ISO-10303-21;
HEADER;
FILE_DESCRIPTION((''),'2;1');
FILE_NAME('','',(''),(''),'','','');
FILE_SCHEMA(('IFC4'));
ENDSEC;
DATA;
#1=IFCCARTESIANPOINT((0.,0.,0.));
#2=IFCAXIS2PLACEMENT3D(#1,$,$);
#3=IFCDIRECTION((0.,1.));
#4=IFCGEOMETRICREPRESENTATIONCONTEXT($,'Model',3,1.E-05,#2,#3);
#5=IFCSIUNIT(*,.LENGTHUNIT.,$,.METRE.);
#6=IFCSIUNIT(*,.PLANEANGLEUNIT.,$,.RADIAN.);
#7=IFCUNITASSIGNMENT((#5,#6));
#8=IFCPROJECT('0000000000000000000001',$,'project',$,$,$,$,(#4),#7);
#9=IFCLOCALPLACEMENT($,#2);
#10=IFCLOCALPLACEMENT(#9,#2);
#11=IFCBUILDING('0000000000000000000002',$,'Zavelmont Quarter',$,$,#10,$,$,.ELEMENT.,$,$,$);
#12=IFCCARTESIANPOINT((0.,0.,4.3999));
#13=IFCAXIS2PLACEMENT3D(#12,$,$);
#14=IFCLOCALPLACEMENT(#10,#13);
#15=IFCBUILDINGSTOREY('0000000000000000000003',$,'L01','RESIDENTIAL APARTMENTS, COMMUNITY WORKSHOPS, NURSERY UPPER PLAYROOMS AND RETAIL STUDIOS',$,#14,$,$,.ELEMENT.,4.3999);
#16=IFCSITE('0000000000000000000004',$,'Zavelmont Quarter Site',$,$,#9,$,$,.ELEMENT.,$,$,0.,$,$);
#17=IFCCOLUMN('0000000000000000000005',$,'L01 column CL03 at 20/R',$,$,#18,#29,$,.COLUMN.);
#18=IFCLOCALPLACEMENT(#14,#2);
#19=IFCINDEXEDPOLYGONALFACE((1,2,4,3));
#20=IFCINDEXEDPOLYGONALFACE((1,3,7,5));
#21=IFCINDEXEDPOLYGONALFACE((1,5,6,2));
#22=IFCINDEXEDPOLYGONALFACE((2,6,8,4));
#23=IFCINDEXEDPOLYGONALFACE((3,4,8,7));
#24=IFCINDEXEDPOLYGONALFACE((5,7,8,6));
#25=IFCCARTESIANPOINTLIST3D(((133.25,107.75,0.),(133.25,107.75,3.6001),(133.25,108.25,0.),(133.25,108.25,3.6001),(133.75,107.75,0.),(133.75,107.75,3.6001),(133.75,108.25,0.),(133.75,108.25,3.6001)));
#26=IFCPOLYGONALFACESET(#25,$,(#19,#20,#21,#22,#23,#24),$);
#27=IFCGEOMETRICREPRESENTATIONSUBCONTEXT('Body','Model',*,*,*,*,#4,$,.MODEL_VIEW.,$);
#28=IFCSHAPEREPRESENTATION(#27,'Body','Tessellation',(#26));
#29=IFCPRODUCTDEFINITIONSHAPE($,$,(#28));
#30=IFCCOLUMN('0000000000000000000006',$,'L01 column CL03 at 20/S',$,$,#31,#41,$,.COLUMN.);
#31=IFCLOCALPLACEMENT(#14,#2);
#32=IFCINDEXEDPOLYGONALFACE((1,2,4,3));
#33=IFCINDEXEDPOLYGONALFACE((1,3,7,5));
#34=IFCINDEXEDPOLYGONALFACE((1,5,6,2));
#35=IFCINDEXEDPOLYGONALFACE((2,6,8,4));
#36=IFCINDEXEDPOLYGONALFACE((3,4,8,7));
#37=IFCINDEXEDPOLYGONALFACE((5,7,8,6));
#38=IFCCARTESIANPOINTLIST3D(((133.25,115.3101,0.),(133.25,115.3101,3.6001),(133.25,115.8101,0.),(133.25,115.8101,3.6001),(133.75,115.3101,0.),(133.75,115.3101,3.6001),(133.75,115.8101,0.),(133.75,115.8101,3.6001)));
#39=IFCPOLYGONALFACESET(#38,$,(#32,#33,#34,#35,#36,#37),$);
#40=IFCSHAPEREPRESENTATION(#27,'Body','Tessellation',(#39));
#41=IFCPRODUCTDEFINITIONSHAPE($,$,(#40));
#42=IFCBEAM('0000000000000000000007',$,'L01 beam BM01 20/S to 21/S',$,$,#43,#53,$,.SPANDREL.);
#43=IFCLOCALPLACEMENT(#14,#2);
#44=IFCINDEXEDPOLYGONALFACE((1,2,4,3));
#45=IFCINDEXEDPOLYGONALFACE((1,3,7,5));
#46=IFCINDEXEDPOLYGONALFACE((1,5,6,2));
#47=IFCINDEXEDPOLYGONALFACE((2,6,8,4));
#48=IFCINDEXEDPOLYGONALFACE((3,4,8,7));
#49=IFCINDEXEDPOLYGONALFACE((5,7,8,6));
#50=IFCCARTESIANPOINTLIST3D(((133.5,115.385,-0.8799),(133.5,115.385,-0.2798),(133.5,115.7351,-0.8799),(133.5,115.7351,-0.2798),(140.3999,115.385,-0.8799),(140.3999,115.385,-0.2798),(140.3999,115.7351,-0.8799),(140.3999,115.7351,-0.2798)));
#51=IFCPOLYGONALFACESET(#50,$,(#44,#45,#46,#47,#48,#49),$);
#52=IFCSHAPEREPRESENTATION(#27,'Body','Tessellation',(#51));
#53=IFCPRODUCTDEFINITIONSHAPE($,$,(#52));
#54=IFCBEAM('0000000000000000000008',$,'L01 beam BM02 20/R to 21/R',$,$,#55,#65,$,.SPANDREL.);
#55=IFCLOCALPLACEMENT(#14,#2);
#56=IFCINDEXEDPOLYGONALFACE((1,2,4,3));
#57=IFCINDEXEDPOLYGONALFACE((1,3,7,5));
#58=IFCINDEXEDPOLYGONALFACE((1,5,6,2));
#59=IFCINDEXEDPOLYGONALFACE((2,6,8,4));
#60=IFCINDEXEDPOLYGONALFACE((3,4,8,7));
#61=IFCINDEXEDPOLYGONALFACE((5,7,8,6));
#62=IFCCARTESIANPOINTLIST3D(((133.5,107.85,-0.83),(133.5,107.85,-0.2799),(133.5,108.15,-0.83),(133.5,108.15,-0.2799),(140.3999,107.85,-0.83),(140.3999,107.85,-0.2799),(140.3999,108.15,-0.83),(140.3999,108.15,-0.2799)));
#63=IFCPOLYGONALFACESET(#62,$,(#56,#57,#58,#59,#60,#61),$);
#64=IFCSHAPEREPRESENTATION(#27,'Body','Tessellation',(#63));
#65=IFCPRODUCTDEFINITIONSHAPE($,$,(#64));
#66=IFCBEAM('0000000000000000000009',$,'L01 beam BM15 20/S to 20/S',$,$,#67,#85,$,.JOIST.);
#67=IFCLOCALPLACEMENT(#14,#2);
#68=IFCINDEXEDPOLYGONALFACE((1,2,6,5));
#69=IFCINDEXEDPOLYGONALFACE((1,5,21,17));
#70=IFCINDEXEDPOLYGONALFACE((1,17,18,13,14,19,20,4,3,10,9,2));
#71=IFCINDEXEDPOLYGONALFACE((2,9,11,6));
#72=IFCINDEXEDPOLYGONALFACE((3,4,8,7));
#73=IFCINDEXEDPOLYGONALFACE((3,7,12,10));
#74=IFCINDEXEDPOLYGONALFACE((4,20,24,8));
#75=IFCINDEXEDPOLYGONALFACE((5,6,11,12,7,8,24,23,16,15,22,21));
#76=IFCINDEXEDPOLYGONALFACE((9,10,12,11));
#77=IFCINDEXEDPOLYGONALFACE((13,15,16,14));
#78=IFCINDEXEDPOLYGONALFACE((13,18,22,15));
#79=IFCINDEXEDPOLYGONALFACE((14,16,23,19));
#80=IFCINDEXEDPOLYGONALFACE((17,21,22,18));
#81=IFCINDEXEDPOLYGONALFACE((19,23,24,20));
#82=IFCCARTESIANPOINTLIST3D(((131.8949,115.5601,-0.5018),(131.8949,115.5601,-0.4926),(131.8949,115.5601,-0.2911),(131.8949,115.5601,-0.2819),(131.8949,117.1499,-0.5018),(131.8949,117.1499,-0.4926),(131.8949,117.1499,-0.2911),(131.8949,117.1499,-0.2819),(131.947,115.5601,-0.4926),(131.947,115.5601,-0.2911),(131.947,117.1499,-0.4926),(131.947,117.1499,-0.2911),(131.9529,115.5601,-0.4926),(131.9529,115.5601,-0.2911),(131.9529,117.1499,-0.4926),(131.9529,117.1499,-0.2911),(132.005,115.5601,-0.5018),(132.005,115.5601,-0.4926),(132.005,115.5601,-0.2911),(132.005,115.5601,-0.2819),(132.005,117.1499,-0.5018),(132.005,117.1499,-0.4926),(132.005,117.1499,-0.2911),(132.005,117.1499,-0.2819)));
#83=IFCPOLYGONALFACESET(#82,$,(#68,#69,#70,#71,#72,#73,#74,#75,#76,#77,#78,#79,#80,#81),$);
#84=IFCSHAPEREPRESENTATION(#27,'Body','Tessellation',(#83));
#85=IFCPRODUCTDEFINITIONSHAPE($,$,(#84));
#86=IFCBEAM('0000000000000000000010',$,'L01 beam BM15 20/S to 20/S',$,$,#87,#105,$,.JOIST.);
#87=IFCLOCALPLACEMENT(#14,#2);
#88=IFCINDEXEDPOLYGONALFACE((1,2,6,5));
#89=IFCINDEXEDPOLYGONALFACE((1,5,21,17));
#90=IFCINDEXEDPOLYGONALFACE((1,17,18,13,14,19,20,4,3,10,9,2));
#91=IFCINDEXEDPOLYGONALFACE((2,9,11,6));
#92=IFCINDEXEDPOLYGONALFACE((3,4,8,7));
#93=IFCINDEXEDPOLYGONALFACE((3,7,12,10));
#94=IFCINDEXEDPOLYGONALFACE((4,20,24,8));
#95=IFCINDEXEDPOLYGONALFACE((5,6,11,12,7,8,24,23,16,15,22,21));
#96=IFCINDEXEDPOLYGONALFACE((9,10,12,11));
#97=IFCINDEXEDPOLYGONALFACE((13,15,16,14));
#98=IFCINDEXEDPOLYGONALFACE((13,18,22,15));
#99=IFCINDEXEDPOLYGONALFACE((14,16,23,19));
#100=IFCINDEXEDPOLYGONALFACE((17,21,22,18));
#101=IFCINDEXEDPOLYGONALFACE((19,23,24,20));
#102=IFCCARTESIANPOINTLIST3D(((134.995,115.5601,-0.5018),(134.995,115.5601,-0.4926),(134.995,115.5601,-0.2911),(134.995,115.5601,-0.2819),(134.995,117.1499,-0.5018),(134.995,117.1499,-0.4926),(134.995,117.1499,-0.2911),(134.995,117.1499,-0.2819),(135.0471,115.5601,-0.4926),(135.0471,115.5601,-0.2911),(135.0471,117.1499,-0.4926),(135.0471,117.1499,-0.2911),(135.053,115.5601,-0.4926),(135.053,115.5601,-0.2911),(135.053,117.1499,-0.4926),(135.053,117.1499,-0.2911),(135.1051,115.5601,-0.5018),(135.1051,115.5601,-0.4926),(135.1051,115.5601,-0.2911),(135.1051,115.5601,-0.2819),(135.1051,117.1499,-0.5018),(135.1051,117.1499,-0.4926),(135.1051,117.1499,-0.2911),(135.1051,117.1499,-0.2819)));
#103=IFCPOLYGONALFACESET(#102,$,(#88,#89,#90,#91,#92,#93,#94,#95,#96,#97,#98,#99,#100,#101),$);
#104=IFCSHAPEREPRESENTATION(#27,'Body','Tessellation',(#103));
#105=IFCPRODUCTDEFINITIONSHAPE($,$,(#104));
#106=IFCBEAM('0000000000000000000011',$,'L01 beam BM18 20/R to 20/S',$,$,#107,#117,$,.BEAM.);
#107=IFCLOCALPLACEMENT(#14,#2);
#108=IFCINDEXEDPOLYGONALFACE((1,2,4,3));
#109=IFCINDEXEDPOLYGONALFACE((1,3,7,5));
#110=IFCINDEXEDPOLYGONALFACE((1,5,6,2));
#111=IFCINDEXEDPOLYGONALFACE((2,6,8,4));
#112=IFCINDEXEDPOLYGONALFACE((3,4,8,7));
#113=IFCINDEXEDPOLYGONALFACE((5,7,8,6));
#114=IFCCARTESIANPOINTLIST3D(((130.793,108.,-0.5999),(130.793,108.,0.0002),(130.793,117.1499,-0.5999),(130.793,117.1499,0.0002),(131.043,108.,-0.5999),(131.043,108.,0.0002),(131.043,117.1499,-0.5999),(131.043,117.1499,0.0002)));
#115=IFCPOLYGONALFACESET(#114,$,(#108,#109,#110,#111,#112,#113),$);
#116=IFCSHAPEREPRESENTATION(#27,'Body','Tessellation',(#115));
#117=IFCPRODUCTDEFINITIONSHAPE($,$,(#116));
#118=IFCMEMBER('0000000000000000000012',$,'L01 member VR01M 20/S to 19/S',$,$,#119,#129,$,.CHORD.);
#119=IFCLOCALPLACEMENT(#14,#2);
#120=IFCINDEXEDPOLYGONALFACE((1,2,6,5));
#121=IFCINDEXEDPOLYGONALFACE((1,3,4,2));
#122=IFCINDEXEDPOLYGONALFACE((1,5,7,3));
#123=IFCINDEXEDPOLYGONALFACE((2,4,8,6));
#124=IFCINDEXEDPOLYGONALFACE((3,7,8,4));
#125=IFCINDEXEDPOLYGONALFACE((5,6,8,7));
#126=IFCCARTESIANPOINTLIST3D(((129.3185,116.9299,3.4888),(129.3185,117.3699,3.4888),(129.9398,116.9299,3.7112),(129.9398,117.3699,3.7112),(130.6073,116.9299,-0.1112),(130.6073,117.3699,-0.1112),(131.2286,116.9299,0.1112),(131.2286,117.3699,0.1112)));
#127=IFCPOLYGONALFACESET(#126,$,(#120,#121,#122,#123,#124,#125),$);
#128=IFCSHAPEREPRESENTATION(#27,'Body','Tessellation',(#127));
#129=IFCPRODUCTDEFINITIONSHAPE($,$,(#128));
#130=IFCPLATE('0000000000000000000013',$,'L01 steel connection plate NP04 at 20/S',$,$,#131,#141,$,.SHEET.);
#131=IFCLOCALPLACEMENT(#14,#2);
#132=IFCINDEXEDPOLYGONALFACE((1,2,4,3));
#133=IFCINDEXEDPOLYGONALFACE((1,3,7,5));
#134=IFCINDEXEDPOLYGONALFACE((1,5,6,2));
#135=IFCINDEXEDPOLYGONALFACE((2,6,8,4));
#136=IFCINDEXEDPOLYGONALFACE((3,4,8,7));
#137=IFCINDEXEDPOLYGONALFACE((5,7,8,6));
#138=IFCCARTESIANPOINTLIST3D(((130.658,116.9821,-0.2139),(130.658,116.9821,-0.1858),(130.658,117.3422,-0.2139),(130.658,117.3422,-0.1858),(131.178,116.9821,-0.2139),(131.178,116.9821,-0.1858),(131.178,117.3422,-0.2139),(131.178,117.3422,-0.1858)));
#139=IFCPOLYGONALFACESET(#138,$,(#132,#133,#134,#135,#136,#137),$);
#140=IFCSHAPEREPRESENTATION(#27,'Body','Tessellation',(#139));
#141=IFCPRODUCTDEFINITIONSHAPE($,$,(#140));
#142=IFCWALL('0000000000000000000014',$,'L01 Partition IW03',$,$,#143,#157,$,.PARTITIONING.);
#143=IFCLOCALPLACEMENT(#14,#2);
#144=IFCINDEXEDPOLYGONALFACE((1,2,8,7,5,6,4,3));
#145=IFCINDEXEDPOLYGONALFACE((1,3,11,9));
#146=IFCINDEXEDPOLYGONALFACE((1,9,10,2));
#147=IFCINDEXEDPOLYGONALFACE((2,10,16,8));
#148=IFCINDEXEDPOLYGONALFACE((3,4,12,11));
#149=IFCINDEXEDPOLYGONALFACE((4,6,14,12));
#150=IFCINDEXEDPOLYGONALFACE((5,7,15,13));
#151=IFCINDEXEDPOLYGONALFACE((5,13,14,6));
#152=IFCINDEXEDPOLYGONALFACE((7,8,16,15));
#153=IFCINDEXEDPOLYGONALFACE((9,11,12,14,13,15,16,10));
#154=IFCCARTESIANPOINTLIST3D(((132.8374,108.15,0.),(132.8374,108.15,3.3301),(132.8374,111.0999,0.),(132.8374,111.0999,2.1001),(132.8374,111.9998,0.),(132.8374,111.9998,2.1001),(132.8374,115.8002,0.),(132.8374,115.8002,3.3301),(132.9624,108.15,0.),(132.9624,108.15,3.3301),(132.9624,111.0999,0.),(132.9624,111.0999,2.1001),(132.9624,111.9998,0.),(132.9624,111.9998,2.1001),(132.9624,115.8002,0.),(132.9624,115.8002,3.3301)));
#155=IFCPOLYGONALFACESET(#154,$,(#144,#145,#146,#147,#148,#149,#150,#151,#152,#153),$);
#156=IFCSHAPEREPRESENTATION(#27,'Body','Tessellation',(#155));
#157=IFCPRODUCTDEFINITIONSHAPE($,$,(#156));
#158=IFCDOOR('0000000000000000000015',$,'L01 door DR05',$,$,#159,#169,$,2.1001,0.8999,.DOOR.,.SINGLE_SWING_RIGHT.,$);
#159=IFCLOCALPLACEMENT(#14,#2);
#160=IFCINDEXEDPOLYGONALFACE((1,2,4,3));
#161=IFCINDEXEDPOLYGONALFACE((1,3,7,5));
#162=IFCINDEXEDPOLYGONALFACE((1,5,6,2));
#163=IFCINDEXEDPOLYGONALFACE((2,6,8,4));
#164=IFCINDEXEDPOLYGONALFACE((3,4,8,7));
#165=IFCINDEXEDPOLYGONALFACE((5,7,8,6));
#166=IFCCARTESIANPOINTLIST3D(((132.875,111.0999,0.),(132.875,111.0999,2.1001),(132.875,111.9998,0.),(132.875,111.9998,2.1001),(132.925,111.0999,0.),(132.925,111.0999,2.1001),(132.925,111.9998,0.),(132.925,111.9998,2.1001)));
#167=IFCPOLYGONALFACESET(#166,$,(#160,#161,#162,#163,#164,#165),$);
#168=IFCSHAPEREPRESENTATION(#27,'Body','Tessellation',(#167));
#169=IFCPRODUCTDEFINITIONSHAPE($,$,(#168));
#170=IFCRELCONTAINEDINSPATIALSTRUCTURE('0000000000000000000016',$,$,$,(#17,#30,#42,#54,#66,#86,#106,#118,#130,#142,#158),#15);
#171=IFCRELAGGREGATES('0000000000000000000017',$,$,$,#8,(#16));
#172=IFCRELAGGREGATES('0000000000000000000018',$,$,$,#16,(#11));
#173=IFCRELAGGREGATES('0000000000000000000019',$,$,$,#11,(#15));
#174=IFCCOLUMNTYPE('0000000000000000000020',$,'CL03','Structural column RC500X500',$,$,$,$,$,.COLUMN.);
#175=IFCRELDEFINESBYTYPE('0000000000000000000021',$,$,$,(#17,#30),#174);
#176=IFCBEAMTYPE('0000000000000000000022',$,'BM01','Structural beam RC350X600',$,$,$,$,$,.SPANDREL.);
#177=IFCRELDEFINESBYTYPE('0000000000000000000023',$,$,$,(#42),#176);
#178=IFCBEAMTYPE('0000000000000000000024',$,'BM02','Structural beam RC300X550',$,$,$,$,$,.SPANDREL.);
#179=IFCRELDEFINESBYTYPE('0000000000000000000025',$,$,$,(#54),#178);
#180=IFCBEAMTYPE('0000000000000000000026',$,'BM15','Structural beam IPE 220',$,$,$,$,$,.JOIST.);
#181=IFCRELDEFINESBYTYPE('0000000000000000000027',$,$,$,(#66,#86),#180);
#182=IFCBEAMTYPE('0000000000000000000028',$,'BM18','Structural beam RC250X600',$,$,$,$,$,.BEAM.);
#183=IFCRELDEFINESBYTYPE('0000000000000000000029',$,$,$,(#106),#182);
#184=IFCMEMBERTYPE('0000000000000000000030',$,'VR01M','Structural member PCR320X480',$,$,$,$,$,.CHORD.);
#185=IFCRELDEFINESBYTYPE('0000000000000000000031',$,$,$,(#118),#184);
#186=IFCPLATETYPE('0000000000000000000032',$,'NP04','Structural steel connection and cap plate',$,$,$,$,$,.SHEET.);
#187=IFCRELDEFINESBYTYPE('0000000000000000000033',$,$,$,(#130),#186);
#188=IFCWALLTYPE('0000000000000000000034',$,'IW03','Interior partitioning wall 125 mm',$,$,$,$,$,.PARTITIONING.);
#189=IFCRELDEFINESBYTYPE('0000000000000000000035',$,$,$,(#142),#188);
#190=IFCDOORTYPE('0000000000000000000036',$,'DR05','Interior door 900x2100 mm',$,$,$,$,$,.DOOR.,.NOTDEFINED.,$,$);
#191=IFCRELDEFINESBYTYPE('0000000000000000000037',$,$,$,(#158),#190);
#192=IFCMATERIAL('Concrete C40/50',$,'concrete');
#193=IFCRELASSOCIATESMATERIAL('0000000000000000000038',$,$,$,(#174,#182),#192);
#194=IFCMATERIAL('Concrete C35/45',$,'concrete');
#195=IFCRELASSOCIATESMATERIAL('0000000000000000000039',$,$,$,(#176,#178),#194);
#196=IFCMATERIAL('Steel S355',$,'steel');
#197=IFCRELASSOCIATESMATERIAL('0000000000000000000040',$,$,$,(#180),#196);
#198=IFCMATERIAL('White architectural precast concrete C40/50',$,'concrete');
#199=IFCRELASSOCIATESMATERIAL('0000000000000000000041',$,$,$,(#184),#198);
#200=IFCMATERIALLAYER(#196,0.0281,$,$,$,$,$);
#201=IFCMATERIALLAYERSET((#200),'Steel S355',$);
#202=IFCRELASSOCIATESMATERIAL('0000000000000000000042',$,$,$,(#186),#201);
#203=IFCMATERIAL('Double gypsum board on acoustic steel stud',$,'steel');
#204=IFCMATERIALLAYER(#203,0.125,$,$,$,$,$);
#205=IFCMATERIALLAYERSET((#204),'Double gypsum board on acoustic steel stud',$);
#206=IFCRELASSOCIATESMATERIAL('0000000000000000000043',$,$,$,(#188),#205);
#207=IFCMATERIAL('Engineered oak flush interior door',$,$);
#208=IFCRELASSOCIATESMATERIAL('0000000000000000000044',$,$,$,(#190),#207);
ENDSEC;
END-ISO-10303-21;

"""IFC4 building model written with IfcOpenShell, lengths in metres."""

from ifc_helpers import new_model, si_unit, direction, frame, frame_2d, origin, origin_with_axes, origin_2d, place, context, subcontext, project, spatial, rectangle, i_section, extrude, material, layer, layer_set, material_profile, profile_set, type_object, element, fill, save


model = new_model("IFC4")

# Units and contexts
model_context = context("Model", 3, precision=1e-05, world=origin(), true_north=direction((0.0, 1.0)))
body_context = subcontext(model_context, "Body", "Model", "MODEL_VIEW")
ifc_project = project(units=[si_unit("LENGTHUNIT", "METRE"), si_unit("PLANEANGLEUNIT", "RADIAN")], contexts=[model_context])

# Site, building, storey
site_placement = place(None, origin())
site = spatial("IfcSite", under=ifc_project, at=site_placement, Name="Zavelmont Quarter Site", CompositionType="ELEMENT", RefElevation=0.0)
building_placement = place(site_placement, origin())
building = spatial("IfcBuilding", under=site, at=building_placement, Name="Zavelmont Quarter", CompositionType="ELEMENT")
storey_placement = place(building_placement, frame((0.0, 0.0, 4.3999)))
storey = spatial("IfcBuildingStorey", under=building, at=storey_placement, Name="L01", Description="RESIDENTIAL APARTMENTS, COMMUNITY WORKSHOPS, NURSERY UPPER PLAYROOMS AND RETAIL STUDIOS", CompositionType="ELEMENT", Elevation=4.3999)

# Columns
ifc_material_1 = material(Name="Concrete C40/50", Category="concrete")
ifc_material_profile_1 = material_profile(ifc_material_1, rectangle(XDim=0.5, YDim=0.5, at=origin_2d()), Name="RC500X500")
ifc_profile_set_1 = profile_set([ifc_material_profile_1], Name="Concrete C40/50")
column_type = type_object("IfcColumnType", Name="CL03", Description="Structural column RC500X500", PredefinedType="COLUMN", material=ifc_profile_set_1)
for number, where, z_axis, x_axis, name in (
    (1, (133.5, 108.0, 0.0), (0.0, 0.0, 1.0), (1.0, 0.0, 0.0), "L01 column CL03 at 20/R"),
    (2, (133.5, 115.5601, 0.0), (0.0, 0.0, 1.0), (1.0, 0.0, 0.0), "L01 column CL03 at 20/S"),
):
    element("IfcColumn", number, at=place(storey_placement, frame(where, z_axis=z_axis, x_axis=x_axis)), inside=storey, type_object=column_type, Name=name, PredefinedType="COLUMN", context=body_context, shape_type="SweptSolid", body=[
        extrude(rectangle(XDim=0.5, YDim=0.5, at=origin_2d()), origin(), (0.0, 0.0, 1.0), 3.6001),
    ])

# Beams
ifc_material_2 = material(Name="Concrete C35/45", Category="concrete")
ifc_material_profile_2 = material_profile(ifc_material_2, rectangle(XDim=0.3501, YDim=0.6001, at=origin_2d()), Name="RC350X600")
ifc_profile_set_2 = profile_set([ifc_material_profile_2], Name="Concrete C35/45")
beam_type_1 = type_object("IfcBeamType", Name="BM01", Description="Structural beam RC350X600", PredefinedType="SPANDREL", material=ifc_profile_set_2)
beam_1_placement = place(storey_placement, frame((133.5, 115.5601, -0.5798), z_axis=(1.0, 0.0, 0.0), x_axis=(0.0, 1.0, 0.0)))
element("IfcBeam", 3, at=beam_1_placement, inside=storey, type_object=beam_type_1, Name="L01 beam BM01 20/S to 21/S", PredefinedType="SPANDREL", context=body_context, shape_type="SweptSolid", body=[
    extrude(rectangle(XDim=0.3501, YDim=0.6001, at=origin_2d()), origin(), (0.0, 0.0, 1.0), 6.8999),
])
ifc_material_profile_3 = material_profile(ifc_material_2, rectangle(XDim=0.3, YDim=0.55, at=origin_2d()), Name="RC300X550")
ifc_profile_set_3 = profile_set([ifc_material_profile_3], Name="Concrete C35/45")
beam_type_2 = type_object("IfcBeamType", Name="BM02", Description="Structural beam RC300X550", PredefinedType="SPANDREL", material=ifc_profile_set_3)
beam_2_placement = place(storey_placement, frame((133.5, 108.0, -0.5549), z_axis=(1.0, 0.0, 0.0), x_axis=(0.0, 1.0, 0.0)))
element("IfcBeam", 4, at=beam_2_placement, inside=storey, type_object=beam_type_2, Name="L01 beam BM02 20/R to 21/R", PredefinedType="SPANDREL", context=body_context, shape_type="SweptSolid", body=[
    extrude(rectangle(XDim=0.3, YDim=0.55, at=origin_2d()), origin(), (0.0, 0.0, 1.0), 6.8999),
])
ifc_material_3 = material(Name="Steel S355", Category="steel")
ifc_material_profile_4 = material_profile(ifc_material_3, i_section(OverallWidth=0.1101, OverallDepth=0.22, WebThickness=0.0059, FlangeThickness=0.0093, at=origin_2d()), Name="IPE 220")
ifc_profile_set_4 = profile_set([ifc_material_profile_4], Name="Steel S355")
beam_type_3 = type_object("IfcBeamType", Name="BM15", Description="Structural beam IPE 220", PredefinedType="JOIST", material=ifc_profile_set_4)
for number, where, z_axis, x_axis, name in (
    (5, (131.95, 115.5601, -0.3918), (0.0, 1.0, 0.0), (-1.0, 0.0, 0.0), "L01 beam BM15 20/S to 20/S"),
    (6, (135.05, 115.5601, -0.3918), (0.0, 1.0, 0.0), (-1.0, 0.0, 0.0), "L01 beam BM15 20/S to 20/S"),
):
    element("IfcBeam", number, at=place(storey_placement, frame(where, z_axis=z_axis, x_axis=x_axis)), inside=storey, type_object=beam_type_3, Name=name, PredefinedType="JOIST", context=body_context, shape_type="SweptSolid", body=[
        extrude(i_section(OverallWidth=0.1101, OverallDepth=0.22, WebThickness=0.0059, FlangeThickness=0.0093, at=origin_2d()), origin(), (0.0, 0.0, 1.0), 1.5898),
    ])
ifc_material_profile_5 = material_profile(ifc_material_1, rectangle(XDim=0.25, YDim=0.6001, at=origin_2d()), Name="RC250X600")
ifc_profile_set_5 = profile_set([ifc_material_profile_5], Name="Concrete C40/50")
beam_type_4 = type_object("IfcBeamType", Name="BM18", Description="Structural beam RC250X600", PredefinedType="BEAM", material=ifc_profile_set_5)
beam_3_placement = place(storey_placement, frame((130.918, 108.0, -0.2998), z_axis=(0.0, 1.0, 0.0), x_axis=(-1.0, 0.0, 0.0)))
element("IfcBeam", 7, at=beam_3_placement, inside=storey, type_object=beam_type_4, Name="L01 beam BM18 20/R to 20/S", PredefinedType="BEAM", context=body_context, shape_type="SweptSolid", body=[
    extrude(rectangle(XDim=0.25, YDim=0.6001, at=origin_2d()), origin(), (0.0, 0.0, 1.0), 9.1499),
])

# Member
ifc_material_4 = material(Name="White architectural precast concrete C40/50", Category="concrete")
ifc_material_profile_6 = material_profile(ifc_material_4, rectangle(XDim=0.4399, YDim=0.6599, at=origin_2d()), Name="PCR320X480")
ifc_profile_set_6 = profile_set([ifc_material_profile_6], Name="White architectural precast concrete C40/50")
member_type = type_object("IfcMemberType", Name="VR01M", Description="Structural member PCR320X480", PredefinedType="CHORD", material=ifc_profile_set_6)
member_placement = place(storey_placement, frame((130.918, 117.1499, 0.0), z_axis=(-0.337048, 0.0, 0.941487), x_axis=(0.0, -1.0, 0.0)))
element("IfcMember", 8, at=member_placement, inside=storey, type_object=member_type, Name="L01 member VR01M 20/S to 19/S", PredefinedType="CHORD", context=body_context, shape_type="SweptSolid", body=[
    extrude(rectangle(XDim=0.4399, YDim=0.6599, at=origin_2d()), origin(), (0.0, 0.0, 1.0), 3.8237),
])

# Plate
ifc_layer_1 = layer(ifc_material_3, 0.0281)
ifc_layer_set_1 = layer_set([ifc_layer_1], Name="Steel S355")
plate_type = type_object("IfcPlateType", Name="NP04", Description="Structural steel connection and cap plate", PredefinedType="SHEET", material=ifc_layer_set_1)
plate_placement = place(storey_placement, frame((130.918, 117.1621, -0.2139), z_axis=(0.0, 0.0, 1.0), x_axis=(1.0, 0.0, 0.0)))
element("IfcPlate", 9, at=plate_placement, inside=storey, type_object=plate_type, Name="L01 steel connection plate NP04 at 20/S", PredefinedType="SHEET", context=body_context, shape_type="SweptSolid", body=[
    extrude(rectangle(XDim=0.52, YDim=0.3601, at=origin_2d()), origin(), (0.0, 0.0, 1.0), 0.0281),
])

# Wall, opening, door
ifc_material_5 = material(Name="Double gypsum board on acoustic steel stud", Category="steel")
ifc_layer_2 = layer(ifc_material_5, 0.125)
ifc_layer_set_2 = layer_set([ifc_layer_2], Name="Double gypsum board on acoustic steel stud")
wall_type_1 = type_object("IfcWallType", Name="IW03", Description="Interior partitioning wall 125 mm", PredefinedType="PARTITIONING", material=ifc_layer_set_2)
wall_1_placement = place(storey_placement, frame((132.8999, 108.1499, 0.0), z_axis=(0.0, 0.0, 1.0), x_axis=(0.0, 1.0, 0.0)))
wall_1 = element("IfcWall", 10, at=wall_1_placement, inside=storey, type_object=wall_type_1, Name="L01 Partition IW03", PredefinedType="PARTITIONING", context=body_context, shape_type="SweptSolid", body=[
    extrude(rectangle(XDim=7.6501, YDim=0.125, at=frame_2d((3.8252, 0.0))), origin(), (0.0, 0.0, 1.0), 3.3301),
])
opening_1_placement = place(wall_1_placement, frame((2.95, 0.0, 0.0)))
opening_1 = element("IfcOpeningElement", 11, at=opening_1_placement, cuts=wall_1, PredefinedType="OPENING", context=body_context, shape_type="SweptSolid", body=[
    extrude(rectangle(XDim=0.8999, YDim=2.1001, at=frame_2d((0.45, 1.05))), frame((0.0, 0.0745, 0.0), z_axis=(0.0, -1.0, 0.0), x_axis=(1.0, 0.0, 0.0)), (0.0, 0.0, 1.0), 0.1489),
])
ifc_material_6 = material(Name="Engineered oak flush interior door")
door_type_1 = type_object("IfcDoorType", Name="DR05", Description="Interior door 900x2100 mm", OperationType="NOTDEFINED", PredefinedType="DOOR", material=ifc_material_6)
door_1_placement = place(opening_1_placement, origin_with_axes())
door_1 = element("IfcDoor", 12, at=door_1_placement, inside=storey, type_object=door_type_1, Name="L01 door DR05", OperationType="SINGLE_SWING_RIGHT", OverallHeight=2.1001, OverallWidth=0.8999, PredefinedType="DOOR", context=body_context, shape_type="SweptSolid", body=[
    extrude(rectangle(XDim=0.8999, YDim=2.1001, at=frame_2d((0.45, 1.05))), frame((0.0, 0.0249, 0.0), z_axis=(0.0, -1.0, 0.0), x_axis=(1.0, 0.0, 0.0)), (0.0, 0.0, 1.0), 0.05),
])
fill(opening_1, door_1)

save(model, "model.ifc")
